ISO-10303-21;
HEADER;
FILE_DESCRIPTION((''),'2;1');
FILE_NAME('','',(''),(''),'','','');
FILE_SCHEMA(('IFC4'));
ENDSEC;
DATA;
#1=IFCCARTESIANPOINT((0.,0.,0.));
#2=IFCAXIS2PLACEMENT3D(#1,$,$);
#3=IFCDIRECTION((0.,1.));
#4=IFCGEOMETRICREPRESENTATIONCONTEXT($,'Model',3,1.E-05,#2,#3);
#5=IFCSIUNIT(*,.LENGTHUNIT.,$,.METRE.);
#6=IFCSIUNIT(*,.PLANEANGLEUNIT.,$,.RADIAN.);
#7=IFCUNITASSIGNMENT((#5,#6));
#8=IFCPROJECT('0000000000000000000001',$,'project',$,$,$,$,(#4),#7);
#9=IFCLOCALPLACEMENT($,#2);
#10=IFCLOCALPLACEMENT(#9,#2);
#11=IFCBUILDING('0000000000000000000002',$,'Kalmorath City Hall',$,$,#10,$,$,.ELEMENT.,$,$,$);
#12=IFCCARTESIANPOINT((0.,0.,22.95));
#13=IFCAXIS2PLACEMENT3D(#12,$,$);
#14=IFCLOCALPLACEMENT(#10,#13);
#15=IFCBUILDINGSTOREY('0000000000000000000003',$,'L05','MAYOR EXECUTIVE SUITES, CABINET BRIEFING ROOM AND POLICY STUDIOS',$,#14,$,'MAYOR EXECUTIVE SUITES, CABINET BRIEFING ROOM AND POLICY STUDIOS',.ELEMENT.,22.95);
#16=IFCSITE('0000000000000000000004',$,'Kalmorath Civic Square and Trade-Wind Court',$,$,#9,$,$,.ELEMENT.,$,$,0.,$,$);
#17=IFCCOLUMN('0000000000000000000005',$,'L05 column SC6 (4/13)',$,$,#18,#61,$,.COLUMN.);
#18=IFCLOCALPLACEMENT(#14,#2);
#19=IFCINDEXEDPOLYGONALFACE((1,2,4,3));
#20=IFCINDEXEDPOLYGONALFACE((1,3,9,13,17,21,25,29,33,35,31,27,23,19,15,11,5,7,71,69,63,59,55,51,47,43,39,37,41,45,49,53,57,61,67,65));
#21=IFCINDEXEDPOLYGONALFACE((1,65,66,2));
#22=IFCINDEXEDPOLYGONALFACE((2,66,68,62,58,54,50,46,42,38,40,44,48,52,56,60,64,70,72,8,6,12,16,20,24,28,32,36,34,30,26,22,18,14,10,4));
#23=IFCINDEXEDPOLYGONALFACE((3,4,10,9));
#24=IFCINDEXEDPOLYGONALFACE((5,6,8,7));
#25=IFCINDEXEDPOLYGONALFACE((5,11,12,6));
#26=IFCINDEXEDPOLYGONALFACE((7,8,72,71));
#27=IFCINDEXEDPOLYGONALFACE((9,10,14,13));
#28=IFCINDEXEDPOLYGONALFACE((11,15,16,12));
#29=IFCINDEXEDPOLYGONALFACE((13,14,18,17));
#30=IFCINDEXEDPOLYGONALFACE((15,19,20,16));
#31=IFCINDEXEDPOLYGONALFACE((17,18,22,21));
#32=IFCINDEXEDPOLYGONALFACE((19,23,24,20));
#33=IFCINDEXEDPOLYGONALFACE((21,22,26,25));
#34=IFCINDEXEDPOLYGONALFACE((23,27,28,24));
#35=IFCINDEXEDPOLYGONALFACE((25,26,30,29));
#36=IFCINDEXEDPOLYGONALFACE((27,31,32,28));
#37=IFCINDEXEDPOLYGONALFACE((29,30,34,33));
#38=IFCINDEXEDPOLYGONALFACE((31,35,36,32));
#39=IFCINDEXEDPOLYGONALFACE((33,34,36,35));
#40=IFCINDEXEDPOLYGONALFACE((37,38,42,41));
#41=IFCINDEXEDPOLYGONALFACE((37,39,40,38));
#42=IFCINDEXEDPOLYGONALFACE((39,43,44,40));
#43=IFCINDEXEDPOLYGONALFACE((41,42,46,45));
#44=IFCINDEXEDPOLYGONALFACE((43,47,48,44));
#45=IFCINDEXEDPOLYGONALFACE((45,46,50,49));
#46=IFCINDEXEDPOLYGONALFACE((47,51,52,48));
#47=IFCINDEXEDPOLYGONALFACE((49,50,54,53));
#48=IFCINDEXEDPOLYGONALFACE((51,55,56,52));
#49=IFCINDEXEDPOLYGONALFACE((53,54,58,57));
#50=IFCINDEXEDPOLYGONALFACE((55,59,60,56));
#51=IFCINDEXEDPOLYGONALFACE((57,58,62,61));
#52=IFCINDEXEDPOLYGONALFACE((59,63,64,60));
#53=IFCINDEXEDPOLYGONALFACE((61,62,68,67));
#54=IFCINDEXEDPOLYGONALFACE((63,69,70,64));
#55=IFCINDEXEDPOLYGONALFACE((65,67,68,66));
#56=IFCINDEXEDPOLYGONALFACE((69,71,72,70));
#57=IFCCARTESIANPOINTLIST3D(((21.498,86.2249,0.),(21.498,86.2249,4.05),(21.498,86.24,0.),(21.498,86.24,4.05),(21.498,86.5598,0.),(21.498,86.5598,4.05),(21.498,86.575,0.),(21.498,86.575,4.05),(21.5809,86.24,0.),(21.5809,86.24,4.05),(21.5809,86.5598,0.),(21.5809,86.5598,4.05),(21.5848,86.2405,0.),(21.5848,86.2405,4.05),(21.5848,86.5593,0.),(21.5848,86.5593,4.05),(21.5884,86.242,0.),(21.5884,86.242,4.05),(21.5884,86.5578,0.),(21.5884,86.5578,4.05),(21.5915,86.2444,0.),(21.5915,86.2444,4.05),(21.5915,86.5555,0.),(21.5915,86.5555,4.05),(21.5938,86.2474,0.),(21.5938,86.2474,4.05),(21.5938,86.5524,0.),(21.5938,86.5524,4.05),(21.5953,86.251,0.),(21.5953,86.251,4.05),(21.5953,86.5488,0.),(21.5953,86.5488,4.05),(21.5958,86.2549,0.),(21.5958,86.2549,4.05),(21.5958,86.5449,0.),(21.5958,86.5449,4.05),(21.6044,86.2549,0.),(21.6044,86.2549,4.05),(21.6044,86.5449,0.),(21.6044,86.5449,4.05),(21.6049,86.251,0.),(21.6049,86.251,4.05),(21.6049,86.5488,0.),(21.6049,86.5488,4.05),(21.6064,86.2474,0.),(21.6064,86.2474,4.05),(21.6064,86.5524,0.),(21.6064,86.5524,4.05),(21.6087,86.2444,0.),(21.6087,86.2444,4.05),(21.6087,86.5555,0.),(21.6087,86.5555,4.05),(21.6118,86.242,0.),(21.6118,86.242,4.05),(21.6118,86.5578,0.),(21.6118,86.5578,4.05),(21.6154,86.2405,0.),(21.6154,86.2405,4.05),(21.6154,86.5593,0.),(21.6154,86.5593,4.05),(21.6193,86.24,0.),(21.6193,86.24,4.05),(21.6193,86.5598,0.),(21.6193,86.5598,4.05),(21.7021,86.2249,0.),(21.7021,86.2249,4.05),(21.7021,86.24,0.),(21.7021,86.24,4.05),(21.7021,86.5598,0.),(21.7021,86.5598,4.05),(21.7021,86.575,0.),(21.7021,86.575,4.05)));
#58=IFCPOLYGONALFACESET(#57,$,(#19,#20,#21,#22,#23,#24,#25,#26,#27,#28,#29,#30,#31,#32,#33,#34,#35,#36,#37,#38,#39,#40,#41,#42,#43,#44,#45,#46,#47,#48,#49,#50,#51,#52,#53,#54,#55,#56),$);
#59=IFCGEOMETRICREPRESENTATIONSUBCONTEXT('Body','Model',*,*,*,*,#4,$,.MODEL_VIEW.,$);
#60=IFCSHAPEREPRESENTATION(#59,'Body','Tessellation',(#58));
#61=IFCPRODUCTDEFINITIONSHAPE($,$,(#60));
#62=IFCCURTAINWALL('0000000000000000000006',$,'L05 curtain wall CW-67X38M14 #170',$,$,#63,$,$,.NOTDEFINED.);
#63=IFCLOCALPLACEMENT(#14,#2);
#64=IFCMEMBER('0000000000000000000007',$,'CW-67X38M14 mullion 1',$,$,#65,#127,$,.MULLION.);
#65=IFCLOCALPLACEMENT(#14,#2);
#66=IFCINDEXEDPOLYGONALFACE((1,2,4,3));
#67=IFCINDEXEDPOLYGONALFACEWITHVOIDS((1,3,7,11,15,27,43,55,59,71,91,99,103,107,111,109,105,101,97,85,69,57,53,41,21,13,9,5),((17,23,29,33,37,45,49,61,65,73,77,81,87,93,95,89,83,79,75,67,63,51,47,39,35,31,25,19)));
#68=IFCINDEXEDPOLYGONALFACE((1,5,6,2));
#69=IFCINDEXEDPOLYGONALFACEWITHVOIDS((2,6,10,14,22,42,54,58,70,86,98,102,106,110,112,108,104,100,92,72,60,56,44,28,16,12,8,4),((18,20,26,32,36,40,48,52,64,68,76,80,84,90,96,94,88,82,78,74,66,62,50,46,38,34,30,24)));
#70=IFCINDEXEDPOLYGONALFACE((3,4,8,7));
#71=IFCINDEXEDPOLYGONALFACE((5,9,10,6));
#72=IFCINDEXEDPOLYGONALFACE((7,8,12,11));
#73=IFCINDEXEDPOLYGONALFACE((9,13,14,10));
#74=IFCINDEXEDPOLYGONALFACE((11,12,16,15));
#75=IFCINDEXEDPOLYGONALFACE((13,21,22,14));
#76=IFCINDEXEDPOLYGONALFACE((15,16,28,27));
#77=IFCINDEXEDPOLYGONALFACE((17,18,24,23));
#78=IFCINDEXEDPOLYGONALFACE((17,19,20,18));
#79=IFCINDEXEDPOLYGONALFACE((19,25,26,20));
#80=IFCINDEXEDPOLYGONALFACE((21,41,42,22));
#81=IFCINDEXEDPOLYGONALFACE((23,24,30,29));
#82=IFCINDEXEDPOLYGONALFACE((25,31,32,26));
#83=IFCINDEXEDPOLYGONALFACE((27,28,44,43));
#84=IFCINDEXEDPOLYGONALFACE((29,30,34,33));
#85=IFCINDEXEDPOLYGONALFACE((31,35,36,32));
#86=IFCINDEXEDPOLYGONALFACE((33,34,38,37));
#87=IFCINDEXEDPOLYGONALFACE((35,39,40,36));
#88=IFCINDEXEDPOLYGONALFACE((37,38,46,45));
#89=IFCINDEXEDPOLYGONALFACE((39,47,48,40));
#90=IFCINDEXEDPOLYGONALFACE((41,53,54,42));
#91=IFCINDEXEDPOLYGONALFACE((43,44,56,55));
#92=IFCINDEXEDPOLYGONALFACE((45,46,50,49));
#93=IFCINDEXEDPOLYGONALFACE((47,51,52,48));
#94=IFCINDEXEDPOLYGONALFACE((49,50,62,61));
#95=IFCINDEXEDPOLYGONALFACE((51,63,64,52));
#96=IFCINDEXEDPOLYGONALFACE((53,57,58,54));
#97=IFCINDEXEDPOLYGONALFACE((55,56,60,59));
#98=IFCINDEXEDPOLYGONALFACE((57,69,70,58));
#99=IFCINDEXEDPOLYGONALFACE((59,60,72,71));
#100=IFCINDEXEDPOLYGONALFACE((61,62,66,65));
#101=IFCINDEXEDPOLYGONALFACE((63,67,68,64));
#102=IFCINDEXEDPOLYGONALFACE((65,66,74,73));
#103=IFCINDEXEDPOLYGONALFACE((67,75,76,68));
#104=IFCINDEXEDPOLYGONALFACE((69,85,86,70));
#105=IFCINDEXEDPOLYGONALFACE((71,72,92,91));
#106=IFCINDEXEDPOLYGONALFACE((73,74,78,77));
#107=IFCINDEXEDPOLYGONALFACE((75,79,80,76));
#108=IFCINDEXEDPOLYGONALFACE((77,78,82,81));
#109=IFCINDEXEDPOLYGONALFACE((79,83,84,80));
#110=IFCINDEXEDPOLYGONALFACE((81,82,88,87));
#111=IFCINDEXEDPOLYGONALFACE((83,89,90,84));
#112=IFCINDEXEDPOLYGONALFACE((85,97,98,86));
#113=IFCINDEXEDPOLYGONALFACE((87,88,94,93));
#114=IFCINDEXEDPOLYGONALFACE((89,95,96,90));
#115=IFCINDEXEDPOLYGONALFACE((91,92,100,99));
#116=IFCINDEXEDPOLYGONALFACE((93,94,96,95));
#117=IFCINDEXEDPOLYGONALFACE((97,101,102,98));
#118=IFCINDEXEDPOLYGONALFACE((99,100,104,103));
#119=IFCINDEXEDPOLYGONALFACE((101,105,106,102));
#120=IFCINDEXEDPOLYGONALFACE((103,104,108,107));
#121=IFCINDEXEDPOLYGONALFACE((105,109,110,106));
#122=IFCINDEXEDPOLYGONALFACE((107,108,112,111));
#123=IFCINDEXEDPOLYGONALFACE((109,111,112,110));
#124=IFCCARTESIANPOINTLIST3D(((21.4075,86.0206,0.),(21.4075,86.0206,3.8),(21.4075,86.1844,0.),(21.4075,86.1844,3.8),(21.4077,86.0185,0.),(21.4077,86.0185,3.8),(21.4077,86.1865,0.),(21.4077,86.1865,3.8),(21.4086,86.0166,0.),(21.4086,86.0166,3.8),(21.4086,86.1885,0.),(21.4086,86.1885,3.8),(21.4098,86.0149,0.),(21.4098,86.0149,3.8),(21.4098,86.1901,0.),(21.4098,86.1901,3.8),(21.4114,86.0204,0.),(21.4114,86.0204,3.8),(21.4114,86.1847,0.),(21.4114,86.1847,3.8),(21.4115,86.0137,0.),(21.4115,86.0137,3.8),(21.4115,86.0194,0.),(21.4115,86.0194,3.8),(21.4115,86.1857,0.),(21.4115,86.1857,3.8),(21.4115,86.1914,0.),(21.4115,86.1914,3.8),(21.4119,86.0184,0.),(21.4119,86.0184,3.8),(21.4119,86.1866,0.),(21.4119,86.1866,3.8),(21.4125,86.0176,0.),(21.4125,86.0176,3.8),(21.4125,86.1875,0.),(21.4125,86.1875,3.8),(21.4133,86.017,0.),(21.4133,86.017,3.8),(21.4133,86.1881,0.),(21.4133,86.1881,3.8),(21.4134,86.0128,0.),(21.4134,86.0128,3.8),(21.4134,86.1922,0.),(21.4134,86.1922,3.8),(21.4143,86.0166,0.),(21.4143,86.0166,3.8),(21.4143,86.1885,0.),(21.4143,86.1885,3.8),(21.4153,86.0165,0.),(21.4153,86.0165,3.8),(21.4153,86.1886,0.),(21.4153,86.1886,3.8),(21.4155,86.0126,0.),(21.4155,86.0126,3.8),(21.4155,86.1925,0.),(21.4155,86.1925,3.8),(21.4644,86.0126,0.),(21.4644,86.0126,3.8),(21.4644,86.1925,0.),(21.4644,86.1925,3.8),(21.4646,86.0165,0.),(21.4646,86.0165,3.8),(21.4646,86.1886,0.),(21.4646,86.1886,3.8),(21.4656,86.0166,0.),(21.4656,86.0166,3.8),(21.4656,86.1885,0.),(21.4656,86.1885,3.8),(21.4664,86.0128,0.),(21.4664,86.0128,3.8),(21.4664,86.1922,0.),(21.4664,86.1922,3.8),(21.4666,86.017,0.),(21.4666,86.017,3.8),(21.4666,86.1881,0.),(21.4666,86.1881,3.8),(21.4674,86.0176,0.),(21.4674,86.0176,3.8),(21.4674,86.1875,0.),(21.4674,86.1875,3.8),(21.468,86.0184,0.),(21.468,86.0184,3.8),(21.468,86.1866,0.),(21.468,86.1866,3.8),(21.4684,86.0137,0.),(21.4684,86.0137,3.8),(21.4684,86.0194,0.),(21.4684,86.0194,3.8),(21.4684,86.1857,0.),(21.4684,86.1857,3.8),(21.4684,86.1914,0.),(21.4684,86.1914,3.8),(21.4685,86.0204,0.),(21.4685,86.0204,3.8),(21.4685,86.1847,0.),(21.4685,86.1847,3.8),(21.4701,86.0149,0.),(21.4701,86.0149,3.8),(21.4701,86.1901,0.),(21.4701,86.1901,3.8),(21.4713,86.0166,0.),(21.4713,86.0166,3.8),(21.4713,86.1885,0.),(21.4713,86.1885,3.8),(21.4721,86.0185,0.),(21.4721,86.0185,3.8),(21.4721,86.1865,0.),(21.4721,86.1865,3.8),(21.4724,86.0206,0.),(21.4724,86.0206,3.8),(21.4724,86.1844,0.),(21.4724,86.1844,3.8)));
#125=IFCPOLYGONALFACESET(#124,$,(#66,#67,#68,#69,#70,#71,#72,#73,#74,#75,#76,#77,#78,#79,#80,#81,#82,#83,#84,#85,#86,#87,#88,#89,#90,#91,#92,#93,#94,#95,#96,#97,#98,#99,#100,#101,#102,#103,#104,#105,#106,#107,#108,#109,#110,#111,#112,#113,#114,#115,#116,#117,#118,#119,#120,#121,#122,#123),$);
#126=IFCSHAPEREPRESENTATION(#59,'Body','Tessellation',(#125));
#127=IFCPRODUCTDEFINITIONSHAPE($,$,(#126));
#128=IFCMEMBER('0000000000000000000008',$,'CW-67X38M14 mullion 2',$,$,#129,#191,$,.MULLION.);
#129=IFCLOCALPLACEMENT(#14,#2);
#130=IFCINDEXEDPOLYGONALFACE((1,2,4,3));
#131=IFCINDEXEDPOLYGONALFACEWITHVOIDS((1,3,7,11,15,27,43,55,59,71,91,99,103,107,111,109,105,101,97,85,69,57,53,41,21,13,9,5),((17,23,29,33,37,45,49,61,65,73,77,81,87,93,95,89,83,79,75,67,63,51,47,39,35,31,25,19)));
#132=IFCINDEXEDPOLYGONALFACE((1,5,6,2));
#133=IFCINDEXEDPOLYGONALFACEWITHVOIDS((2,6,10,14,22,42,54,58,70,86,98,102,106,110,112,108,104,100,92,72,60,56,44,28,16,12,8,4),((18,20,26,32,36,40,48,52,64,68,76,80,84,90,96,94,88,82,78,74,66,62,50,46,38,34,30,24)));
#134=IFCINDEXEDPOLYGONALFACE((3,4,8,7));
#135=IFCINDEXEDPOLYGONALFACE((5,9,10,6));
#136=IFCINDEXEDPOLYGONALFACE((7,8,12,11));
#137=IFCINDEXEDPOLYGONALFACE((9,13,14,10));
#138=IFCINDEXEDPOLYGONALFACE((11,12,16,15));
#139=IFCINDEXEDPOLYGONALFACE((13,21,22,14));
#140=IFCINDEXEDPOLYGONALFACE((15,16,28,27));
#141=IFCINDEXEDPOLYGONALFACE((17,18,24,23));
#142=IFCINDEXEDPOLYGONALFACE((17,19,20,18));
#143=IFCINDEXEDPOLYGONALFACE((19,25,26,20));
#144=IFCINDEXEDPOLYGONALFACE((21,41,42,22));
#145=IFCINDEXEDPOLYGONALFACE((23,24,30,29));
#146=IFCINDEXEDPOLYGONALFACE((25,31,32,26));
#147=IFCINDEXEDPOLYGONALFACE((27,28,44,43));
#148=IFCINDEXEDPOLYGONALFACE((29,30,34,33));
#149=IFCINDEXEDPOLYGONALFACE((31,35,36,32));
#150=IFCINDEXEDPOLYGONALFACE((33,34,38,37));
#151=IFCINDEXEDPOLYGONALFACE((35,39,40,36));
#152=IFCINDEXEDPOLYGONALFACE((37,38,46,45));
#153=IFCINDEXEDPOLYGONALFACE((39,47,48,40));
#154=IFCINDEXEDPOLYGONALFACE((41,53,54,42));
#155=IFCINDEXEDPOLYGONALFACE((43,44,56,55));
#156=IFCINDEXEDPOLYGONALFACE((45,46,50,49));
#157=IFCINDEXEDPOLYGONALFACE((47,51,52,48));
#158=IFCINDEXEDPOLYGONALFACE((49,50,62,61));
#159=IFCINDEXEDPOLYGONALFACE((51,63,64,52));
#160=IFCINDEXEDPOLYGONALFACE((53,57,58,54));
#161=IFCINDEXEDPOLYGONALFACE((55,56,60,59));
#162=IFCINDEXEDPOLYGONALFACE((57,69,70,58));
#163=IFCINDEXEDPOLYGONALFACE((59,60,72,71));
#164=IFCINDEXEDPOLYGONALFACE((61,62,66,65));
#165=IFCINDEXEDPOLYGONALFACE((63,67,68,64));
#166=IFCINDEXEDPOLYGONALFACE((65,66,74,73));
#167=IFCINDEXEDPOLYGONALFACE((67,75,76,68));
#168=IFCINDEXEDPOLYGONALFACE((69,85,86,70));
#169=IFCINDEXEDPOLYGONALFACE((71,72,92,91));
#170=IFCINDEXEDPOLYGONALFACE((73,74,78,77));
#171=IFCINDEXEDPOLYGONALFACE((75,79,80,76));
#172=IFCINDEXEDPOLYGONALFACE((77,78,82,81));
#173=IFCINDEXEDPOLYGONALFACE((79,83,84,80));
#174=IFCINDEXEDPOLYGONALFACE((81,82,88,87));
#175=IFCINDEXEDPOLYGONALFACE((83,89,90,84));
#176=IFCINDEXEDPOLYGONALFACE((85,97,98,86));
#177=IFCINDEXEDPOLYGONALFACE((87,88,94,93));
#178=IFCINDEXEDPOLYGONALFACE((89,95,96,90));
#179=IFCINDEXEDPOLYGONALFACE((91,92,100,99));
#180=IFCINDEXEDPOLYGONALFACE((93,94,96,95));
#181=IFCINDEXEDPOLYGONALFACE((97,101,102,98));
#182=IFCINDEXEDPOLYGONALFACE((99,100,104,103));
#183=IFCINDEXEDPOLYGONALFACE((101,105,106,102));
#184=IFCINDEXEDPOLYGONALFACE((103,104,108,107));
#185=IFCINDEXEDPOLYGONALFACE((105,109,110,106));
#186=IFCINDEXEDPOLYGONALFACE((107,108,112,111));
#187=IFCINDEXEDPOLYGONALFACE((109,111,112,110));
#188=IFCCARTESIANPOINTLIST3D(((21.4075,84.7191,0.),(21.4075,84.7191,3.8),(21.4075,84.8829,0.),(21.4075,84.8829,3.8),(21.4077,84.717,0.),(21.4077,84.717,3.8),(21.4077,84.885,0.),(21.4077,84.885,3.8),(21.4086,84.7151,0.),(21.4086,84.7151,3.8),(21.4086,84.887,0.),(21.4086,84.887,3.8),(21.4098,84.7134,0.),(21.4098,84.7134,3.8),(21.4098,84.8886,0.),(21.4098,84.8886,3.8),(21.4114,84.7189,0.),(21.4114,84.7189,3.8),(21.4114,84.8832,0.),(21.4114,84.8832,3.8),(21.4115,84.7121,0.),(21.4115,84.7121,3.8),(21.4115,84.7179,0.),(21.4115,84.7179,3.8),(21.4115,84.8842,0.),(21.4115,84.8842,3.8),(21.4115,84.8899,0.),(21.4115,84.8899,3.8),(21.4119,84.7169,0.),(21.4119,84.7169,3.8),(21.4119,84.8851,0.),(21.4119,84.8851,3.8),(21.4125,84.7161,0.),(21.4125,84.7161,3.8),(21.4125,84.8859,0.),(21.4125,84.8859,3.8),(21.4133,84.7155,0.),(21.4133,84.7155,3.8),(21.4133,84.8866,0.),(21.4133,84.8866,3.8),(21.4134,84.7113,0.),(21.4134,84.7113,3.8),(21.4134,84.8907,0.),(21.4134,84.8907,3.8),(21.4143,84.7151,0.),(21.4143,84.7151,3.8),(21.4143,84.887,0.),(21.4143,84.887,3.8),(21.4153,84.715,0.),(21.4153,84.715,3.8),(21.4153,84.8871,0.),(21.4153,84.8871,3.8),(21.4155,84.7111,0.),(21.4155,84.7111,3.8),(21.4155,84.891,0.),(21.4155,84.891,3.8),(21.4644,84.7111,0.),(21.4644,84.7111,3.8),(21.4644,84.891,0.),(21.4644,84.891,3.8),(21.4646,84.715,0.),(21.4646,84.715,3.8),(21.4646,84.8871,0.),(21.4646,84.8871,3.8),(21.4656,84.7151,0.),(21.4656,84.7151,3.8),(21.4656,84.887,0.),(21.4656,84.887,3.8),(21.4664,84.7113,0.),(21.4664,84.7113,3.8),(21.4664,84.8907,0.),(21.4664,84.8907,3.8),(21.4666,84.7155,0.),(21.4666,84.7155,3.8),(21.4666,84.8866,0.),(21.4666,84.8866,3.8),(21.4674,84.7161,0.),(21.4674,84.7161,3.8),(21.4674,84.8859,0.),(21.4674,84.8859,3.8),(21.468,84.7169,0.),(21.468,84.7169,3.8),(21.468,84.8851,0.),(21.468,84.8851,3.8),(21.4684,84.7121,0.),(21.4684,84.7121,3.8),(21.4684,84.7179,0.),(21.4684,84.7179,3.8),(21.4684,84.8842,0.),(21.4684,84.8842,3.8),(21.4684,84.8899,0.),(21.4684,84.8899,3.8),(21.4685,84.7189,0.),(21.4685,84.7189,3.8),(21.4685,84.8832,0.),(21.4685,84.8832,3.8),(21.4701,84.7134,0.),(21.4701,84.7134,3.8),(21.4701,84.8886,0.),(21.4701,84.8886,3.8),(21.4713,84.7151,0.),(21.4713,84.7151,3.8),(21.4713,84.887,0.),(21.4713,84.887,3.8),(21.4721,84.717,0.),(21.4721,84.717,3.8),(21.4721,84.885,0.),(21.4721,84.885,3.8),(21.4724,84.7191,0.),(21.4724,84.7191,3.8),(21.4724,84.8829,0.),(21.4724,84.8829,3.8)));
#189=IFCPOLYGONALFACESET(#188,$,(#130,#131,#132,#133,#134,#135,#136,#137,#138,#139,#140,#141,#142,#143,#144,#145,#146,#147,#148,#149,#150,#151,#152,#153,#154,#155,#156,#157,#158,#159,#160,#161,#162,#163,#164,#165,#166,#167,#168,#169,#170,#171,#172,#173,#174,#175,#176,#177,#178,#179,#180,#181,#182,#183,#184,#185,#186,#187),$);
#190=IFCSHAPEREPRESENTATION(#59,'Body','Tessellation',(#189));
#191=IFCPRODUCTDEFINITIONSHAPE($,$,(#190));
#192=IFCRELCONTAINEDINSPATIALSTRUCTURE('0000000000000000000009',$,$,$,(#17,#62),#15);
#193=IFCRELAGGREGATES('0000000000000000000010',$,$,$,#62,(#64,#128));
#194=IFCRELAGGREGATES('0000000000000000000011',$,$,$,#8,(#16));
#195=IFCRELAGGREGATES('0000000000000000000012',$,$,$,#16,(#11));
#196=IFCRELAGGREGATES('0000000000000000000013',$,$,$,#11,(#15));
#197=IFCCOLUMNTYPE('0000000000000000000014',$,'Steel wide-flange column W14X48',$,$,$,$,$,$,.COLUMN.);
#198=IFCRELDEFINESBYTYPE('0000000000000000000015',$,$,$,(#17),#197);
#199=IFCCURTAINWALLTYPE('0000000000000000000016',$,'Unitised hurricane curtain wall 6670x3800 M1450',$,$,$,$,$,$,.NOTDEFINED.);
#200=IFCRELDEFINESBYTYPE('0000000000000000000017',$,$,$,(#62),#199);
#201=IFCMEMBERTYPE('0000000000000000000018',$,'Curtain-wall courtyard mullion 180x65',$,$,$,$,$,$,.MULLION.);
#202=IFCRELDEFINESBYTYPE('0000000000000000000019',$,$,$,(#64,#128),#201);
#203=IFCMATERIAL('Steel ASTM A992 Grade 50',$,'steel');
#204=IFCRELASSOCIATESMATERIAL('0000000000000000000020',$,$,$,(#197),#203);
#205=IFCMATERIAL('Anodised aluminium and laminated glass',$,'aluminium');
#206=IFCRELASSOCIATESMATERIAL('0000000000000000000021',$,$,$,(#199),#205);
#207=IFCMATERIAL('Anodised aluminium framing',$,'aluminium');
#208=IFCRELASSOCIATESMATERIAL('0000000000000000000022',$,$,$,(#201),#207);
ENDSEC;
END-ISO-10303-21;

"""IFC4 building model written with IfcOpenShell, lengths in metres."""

from ifc_helpers import new_model, si_unit, direction, frame, origin, origin_2d, place, context, subcontext, project, spatial, hollow_rectangle, i_section, extrude, material, material_profile, profile_set, type_object, element, aggregate, save


model = new_model("IFC4")

# Units and contexts
model_context = context("Model", 3, precision=1e-05, world=origin(), true_north=direction((0.0, 1.0)))
body_context = subcontext(model_context, "Body", "Model", "MODEL_VIEW")
ifc_project = project(units=[si_unit("LENGTHUNIT", "METRE"), si_unit("PLANEANGLEUNIT", "RADIAN")], contexts=[model_context])

# Site, building, storey
site_placement = place(None, origin())
site = spatial("IfcSite", under=ifc_project, at=site_placement, Name="Kalmorath Civic Square and Trade-Wind Court", CompositionType="ELEMENT", RefElevation=0.0)
building_placement = place(site_placement, origin())
building = spatial("IfcBuilding", under=site, at=building_placement, Name="Kalmorath City Hall", CompositionType="ELEMENT")
storey_placement = place(building_placement, frame((0.0, 0.0, 22.95)))
storey = spatial("IfcBuildingStorey", under=building, at=storey_placement, Name="L05", Description="MAYOR EXECUTIVE SUITES, CABINET BRIEFING ROOM AND POLICY STUDIOS", LongName="MAYOR EXECUTIVE SUITES, CABINET BRIEFING ROOM AND POLICY STUDIOS", CompositionType="ELEMENT", Elevation=22.95)

# Column
ifc_material_1 = material(Name="Steel ASTM A992 Grade 50", Category="steel")
ifc_material_profile_1 = material_profile(ifc_material_1, i_section(OverallWidth=0.2041, OverallDepth=0.3501, WebThickness=0.0085, FlangeThickness=0.0151, FilletRadius=0.0149, at=origin_2d()), Name="W14X48")
ifc_profile_set_1 = profile_set([ifc_material_profile_1], Name="Steel ASTM A992 Grade 50")
column_type = type_object("IfcColumnType", Name="Steel wide-flange column W14X48", PredefinedType="COLUMN", material=ifc_profile_set_1)
column_placement = place(storey_placement, frame((21.6001, 86.3999, 0.0), z_axis=(0.0, 0.0, 1.0), x_axis=(1.0, 0.0, 0.0)))
element("IfcColumn", 1, at=column_placement, inside=storey, type_object=column_type, Name="L05 column SC6 (4/13)", PredefinedType="COLUMN", context=body_context, shape_type="SweptSolid", body=[
    extrude(i_section(OverallWidth=0.2041, OverallDepth=0.3501, WebThickness=0.0085, FlangeThickness=0.0151, FilletRadius=0.0149, at=origin_2d()), origin(), (0.0, 0.0, 1.0), 4.05),
])

# Curtain wall, members
ifc_material_2 = material(Name="Anodised aluminium and laminated glass", Category="aluminium")
curtain_wall_type = type_object("IfcCurtainWallType", Name="Unitised hurricane curtain wall 6670x3800 M1450", PredefinedType="NOTDEFINED", material=ifc_material_2)
curtain_wall_placement = place(storey_placement, origin())
curtain_wall = element("IfcCurtainWall", 2, at=curtain_wall_placement, inside=storey, type_object=curtain_wall_type, Name="L05 curtain wall CW-67X38M14 #170", PredefinedType="NOTDEFINED")
ifc_material_3 = material(Name="Anodised aluminium framing", Category="aluminium")
ifc_material_profile_2 = material_profile(ifc_material_3, hollow_rectangle(XDim=0.0649, YDim=0.1799, WallThickness=0.0039, InnerFilletRadius=0.0039, OuterFilletRadius=0.0081, at=origin_2d()), Name="ALU-MUL-180X65X4")
ifc_profile_set_2 = profile_set([ifc_material_profile_2], Name="Anodised aluminium framing")
member_type_1 = type_object("IfcMemberType", Name="Curtain-wall courtyard mullion 180x65", PredefinedType="MULLION", material=ifc_profile_set_2)
member_1_placement = place(storey_placement, frame((21.4399, 86.1025, 0.0), z_axis=(0.0, 0.0, 1.0), x_axis=(1.0, 0.0, 0.0)))
member_1 = element("IfcMember", 3, at=member_1_placement, type_object=member_type_1, Name="CW-67X38M14 mullion 1", PredefinedType="MULLION", context=body_context, shape_type="SweptSolid", body=[
    extrude(hollow_rectangle(XDim=0.0649, YDim=0.1799, WallThickness=0.0039, InnerFilletRadius=0.0039, OuterFilletRadius=0.0081, at=origin_2d()), origin(), (0.0, 0.0, 1.0), 3.8),
])
member_2_placement = place(storey_placement, frame((21.4399, 84.801, 0.0), z_axis=(0.0, 0.0, 1.0), x_axis=(1.0, 0.0, 0.0)))
member_2 = element("IfcMember", 4, at=member_2_placement, type_object=member_type_1, Name="CW-67X38M14 mullion 2", PredefinedType="MULLION", context=body_context, shape_type="SweptSolid", body=[
    extrude(hollow_rectangle(XDim=0.0649, YDim=0.1799, WallThickness=0.0039, InnerFilletRadius=0.0039, OuterFilletRadius=0.0081, at=origin_2d()), origin(), (0.0, 0.0, 1.0), 3.8),
])

aggregate(curtain_wall, [member_1, member_2])

save(model, "model.ifc")
